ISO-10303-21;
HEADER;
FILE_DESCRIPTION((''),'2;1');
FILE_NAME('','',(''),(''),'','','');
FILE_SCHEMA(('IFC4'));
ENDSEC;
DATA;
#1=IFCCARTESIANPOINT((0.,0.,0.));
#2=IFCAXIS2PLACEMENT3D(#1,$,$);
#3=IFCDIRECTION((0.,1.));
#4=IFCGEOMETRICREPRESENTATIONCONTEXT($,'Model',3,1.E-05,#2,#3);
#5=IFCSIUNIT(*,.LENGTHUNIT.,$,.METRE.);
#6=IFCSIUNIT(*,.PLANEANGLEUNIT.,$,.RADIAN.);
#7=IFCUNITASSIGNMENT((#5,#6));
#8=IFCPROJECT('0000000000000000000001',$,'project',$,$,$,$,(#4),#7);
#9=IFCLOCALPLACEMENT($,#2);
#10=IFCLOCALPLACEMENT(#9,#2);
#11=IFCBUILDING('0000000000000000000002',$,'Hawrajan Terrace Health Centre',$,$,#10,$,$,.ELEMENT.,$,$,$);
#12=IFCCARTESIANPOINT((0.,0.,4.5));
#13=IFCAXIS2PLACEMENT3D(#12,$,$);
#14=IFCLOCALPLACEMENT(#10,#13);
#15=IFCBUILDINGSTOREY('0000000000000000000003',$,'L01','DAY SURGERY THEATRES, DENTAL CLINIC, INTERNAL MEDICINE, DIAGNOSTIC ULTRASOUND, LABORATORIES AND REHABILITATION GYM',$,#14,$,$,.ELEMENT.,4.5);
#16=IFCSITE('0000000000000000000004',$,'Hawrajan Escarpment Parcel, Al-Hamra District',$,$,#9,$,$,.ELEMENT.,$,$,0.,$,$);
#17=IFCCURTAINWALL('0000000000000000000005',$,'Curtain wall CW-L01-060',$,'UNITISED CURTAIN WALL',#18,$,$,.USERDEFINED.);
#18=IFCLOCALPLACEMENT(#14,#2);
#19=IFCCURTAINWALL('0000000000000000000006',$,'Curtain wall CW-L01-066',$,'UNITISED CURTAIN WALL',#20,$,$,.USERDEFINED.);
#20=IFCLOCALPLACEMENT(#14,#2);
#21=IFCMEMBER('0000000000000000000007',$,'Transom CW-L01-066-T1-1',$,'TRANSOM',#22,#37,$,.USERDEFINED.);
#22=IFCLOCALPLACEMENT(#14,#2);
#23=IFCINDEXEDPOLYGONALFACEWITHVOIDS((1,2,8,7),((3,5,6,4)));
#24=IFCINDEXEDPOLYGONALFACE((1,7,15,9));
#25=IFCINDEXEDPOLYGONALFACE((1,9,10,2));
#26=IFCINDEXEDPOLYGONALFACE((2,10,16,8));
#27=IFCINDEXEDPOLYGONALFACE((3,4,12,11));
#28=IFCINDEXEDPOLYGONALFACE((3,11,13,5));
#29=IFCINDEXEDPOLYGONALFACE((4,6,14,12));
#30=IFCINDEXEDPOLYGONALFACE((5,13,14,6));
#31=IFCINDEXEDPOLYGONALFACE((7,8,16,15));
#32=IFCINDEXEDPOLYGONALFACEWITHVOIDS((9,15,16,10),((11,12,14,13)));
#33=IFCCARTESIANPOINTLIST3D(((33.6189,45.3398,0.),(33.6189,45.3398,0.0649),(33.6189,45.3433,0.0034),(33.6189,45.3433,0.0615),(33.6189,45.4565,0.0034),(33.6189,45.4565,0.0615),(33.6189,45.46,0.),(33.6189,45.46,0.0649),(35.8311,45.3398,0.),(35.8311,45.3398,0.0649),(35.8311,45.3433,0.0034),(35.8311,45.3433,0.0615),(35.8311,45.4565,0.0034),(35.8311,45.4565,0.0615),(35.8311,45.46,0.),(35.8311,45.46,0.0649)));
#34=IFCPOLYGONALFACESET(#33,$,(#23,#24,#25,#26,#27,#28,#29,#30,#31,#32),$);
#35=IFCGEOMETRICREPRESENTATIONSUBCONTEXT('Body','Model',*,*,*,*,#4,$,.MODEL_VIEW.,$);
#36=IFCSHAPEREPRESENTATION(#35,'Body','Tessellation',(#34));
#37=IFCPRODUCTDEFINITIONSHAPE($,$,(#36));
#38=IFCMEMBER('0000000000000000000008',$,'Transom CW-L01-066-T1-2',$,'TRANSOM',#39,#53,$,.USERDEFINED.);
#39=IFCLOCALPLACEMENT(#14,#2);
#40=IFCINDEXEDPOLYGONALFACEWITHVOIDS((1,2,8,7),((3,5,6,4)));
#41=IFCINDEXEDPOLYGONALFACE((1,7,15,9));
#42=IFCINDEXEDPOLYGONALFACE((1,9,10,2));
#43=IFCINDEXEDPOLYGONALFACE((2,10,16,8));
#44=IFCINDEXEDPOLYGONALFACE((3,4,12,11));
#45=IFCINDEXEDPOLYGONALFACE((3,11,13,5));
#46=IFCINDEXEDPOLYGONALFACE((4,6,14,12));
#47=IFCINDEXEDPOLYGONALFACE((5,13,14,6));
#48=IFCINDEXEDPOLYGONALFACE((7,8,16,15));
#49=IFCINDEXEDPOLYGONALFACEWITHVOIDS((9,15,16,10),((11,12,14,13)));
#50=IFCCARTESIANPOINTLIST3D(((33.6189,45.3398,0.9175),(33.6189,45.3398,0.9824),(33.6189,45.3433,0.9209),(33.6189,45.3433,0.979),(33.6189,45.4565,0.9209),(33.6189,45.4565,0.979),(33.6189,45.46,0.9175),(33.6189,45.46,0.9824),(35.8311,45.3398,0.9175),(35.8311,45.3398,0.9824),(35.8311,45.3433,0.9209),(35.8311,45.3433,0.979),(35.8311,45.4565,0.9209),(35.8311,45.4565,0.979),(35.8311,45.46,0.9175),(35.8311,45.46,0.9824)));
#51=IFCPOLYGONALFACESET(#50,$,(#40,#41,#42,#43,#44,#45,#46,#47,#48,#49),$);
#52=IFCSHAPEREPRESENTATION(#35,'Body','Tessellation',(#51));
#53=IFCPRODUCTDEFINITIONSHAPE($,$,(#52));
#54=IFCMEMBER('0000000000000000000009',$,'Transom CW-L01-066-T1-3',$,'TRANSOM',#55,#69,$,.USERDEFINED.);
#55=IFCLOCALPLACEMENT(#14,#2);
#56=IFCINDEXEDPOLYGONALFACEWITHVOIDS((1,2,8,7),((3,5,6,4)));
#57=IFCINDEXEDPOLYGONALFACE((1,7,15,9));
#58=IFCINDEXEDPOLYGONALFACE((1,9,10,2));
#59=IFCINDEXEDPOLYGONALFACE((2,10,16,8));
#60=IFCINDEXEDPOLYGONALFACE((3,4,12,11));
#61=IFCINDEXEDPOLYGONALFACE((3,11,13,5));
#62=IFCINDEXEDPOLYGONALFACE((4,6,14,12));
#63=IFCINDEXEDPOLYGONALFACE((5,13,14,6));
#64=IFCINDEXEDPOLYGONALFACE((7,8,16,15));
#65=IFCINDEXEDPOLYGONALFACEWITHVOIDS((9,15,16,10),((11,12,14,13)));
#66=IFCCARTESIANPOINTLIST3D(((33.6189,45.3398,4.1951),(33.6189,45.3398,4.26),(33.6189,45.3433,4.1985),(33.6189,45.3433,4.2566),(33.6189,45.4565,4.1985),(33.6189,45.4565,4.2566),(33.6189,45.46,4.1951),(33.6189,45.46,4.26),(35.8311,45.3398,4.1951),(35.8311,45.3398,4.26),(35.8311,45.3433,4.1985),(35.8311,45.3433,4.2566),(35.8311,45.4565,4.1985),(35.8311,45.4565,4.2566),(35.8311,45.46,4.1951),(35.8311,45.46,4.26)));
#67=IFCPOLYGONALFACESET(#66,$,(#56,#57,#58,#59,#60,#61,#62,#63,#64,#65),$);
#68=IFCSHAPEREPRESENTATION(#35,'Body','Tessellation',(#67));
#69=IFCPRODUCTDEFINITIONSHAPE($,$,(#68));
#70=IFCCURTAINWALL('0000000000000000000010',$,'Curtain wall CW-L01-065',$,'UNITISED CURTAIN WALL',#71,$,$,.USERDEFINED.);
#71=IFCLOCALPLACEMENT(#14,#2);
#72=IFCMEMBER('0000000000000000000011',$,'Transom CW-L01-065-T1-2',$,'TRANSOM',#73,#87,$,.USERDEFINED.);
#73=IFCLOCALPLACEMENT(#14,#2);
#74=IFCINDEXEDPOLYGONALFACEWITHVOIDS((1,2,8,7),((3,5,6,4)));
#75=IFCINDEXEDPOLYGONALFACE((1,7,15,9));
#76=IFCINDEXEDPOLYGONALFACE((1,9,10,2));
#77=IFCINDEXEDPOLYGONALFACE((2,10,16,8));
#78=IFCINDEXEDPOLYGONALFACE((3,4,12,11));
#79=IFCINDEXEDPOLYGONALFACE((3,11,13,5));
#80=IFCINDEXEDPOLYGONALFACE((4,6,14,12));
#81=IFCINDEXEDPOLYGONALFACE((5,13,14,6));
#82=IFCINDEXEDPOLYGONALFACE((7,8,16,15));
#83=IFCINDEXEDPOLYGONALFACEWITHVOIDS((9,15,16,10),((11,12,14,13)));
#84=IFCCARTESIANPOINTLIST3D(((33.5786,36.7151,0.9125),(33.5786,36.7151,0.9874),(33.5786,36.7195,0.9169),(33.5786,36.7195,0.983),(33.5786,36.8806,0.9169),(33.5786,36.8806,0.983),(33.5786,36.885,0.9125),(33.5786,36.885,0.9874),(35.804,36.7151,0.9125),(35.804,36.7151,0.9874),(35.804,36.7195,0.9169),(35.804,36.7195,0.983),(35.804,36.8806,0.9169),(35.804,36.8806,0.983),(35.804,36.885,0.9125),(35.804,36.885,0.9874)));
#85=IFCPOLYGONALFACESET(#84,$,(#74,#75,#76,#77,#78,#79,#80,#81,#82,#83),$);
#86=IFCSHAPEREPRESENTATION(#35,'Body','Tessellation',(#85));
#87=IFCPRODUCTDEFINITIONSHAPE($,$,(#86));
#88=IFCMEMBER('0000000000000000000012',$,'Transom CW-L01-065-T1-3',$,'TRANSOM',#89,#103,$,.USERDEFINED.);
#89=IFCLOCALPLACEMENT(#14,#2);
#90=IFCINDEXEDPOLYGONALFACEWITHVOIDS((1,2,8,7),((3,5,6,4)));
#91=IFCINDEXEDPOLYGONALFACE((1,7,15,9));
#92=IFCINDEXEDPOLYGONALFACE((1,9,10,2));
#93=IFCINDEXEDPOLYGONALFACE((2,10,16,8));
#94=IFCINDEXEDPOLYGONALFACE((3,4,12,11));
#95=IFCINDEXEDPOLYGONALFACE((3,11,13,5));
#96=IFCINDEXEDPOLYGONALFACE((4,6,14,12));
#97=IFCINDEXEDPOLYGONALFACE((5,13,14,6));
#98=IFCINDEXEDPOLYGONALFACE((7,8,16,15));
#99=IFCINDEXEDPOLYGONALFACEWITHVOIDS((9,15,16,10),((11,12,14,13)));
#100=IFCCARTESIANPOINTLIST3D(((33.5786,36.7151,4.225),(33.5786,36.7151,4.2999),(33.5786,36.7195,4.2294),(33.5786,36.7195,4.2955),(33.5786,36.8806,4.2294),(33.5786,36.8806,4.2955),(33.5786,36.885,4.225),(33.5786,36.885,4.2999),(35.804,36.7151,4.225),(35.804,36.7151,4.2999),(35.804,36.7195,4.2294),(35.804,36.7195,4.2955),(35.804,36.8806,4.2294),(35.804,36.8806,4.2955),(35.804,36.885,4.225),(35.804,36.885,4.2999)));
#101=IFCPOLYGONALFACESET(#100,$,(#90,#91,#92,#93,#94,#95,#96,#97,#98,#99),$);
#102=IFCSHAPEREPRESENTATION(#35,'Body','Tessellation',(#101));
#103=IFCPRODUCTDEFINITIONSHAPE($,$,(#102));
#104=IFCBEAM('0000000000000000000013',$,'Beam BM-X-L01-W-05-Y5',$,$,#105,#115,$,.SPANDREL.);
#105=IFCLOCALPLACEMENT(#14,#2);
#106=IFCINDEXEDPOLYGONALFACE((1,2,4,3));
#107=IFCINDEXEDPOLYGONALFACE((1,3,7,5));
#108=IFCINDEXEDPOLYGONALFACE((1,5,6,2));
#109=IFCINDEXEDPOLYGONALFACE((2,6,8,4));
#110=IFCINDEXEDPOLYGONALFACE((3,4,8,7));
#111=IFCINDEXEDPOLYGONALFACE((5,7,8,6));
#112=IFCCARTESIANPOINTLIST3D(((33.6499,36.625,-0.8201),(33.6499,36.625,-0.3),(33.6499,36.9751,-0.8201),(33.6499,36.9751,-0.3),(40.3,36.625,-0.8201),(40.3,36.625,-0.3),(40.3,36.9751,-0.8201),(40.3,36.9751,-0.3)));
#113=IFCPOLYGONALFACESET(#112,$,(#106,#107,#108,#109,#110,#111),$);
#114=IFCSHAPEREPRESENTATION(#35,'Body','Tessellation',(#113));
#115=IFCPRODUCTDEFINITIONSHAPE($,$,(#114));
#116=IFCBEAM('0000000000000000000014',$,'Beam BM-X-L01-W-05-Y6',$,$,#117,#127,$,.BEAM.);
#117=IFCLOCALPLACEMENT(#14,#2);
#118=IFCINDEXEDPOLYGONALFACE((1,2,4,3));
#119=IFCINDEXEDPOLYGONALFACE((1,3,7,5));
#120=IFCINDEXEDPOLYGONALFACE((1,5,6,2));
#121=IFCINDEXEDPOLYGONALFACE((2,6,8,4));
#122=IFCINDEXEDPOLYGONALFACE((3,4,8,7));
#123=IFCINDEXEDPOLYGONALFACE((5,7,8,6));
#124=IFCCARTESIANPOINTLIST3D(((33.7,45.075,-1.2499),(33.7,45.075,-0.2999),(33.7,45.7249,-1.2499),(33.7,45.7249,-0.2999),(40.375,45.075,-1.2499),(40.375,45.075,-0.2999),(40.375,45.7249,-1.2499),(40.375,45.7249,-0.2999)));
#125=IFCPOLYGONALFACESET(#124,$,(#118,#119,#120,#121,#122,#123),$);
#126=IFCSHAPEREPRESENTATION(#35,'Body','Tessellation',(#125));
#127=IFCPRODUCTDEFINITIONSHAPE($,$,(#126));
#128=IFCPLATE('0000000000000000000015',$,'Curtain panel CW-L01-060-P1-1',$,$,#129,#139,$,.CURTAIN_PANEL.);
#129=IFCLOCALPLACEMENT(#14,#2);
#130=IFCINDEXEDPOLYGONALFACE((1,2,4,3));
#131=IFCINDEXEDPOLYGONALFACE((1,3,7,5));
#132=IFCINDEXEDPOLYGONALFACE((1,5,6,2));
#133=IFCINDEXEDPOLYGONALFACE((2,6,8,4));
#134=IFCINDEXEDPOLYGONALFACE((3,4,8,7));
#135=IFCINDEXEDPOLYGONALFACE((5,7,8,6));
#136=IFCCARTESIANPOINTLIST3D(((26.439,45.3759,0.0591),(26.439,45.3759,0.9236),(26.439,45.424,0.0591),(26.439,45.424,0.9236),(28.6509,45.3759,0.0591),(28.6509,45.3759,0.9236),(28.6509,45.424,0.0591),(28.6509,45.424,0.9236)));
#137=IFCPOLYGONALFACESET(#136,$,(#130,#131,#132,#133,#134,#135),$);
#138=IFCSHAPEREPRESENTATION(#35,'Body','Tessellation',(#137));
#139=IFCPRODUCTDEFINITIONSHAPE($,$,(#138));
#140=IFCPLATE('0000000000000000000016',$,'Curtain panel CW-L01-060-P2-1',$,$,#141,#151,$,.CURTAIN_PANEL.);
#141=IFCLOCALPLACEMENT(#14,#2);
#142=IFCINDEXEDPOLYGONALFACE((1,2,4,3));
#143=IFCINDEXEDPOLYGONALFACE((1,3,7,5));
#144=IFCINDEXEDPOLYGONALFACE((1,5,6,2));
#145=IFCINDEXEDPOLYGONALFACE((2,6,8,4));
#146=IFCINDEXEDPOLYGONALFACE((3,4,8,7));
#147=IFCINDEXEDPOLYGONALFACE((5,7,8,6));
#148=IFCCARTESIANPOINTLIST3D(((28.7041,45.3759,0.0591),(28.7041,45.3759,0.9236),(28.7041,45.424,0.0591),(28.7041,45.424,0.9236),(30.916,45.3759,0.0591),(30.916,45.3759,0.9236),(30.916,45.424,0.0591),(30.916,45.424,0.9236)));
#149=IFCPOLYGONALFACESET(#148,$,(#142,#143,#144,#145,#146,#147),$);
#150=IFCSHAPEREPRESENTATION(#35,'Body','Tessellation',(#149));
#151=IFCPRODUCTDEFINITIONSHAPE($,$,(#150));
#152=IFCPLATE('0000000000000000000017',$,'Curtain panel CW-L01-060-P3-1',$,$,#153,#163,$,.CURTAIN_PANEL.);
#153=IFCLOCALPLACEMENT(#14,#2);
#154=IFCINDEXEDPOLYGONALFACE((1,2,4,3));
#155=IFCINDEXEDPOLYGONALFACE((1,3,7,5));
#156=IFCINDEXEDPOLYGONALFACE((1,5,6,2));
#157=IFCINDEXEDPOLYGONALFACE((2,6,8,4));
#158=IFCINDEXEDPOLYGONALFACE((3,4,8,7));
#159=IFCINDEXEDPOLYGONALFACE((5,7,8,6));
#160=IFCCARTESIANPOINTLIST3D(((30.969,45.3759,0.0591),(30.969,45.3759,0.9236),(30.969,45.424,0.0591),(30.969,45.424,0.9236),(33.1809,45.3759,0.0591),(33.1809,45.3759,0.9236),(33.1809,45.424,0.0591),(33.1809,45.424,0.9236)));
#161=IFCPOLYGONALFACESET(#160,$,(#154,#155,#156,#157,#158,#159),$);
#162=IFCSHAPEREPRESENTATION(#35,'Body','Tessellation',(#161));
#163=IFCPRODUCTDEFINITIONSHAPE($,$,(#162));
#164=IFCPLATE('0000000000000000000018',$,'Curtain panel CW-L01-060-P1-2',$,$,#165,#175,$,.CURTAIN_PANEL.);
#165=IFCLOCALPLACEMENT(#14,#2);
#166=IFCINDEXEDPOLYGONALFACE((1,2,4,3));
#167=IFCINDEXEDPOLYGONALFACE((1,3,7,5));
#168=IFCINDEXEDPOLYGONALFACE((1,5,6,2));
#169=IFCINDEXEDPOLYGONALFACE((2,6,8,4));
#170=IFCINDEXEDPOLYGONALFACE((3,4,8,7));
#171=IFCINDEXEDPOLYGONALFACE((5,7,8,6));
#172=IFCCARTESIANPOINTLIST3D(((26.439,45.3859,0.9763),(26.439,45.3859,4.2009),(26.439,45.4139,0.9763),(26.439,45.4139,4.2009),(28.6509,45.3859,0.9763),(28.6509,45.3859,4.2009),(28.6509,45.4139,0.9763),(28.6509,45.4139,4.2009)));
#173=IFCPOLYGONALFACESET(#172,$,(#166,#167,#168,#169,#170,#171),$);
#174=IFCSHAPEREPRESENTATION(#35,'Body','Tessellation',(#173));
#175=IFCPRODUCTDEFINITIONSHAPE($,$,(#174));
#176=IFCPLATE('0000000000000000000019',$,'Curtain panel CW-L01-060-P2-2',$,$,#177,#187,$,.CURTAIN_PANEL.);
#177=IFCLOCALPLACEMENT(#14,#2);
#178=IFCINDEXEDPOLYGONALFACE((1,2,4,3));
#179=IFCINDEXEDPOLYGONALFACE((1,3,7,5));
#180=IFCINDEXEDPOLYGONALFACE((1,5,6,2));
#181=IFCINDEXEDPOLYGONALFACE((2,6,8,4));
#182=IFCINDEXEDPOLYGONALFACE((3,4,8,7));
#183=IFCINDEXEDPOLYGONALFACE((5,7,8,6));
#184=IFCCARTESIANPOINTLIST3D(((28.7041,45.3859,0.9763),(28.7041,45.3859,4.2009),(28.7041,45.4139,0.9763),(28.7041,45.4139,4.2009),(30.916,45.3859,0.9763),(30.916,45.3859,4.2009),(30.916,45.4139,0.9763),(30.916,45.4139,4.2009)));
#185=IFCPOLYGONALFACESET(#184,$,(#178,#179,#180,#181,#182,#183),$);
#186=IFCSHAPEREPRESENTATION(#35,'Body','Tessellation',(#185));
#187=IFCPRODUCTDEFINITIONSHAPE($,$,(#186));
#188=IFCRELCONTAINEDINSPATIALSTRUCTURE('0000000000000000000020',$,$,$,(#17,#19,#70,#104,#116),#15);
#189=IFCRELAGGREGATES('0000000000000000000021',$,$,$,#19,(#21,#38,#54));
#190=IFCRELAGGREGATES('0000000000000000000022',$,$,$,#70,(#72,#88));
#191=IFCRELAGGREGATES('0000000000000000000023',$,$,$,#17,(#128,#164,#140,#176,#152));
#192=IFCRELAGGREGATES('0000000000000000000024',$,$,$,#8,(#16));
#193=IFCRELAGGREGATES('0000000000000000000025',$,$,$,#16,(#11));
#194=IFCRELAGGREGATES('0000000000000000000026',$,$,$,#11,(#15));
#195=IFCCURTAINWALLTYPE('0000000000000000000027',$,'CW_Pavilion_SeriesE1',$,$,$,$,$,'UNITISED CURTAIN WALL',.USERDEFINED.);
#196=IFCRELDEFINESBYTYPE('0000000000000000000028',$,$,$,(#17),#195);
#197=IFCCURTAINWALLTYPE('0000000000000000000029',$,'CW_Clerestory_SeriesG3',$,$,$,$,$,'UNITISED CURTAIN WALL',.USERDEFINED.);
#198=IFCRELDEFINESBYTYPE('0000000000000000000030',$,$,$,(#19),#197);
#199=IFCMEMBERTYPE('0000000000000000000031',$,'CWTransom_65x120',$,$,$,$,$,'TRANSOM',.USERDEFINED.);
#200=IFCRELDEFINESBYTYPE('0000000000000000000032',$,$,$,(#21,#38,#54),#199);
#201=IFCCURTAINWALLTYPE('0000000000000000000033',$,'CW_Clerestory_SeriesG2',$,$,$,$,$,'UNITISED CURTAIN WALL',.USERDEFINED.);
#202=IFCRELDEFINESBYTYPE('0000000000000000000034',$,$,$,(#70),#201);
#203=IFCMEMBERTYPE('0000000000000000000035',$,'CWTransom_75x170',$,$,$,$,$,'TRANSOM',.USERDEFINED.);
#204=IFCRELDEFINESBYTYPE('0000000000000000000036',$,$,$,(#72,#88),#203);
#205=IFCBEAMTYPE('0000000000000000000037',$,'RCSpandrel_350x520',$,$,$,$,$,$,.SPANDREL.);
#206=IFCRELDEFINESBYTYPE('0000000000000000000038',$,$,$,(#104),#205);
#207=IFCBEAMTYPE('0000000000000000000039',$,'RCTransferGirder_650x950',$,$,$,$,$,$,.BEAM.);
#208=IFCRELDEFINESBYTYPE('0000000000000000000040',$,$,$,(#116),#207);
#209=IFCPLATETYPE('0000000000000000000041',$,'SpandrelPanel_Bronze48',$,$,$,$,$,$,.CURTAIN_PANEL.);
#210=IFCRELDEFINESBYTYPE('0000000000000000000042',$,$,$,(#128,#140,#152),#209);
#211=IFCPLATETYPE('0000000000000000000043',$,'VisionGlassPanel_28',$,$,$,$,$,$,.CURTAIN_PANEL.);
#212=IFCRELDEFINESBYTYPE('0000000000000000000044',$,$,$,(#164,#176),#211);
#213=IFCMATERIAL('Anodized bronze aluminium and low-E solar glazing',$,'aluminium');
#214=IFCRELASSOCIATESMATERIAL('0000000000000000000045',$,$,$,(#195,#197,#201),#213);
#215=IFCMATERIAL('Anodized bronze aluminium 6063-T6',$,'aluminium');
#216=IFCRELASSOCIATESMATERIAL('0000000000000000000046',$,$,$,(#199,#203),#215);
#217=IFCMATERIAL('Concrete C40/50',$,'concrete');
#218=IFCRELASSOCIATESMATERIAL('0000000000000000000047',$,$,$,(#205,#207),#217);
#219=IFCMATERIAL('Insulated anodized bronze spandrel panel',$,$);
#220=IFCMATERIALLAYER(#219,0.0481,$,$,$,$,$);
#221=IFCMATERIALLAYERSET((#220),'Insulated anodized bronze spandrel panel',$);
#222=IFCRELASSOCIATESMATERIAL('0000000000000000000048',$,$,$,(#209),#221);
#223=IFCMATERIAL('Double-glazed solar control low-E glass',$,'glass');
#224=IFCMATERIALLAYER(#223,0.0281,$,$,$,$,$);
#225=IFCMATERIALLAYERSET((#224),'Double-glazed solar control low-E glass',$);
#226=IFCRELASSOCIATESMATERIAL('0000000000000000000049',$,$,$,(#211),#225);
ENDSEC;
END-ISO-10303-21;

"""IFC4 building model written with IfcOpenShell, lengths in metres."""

from ifc_helpers import new_model, si_unit, direction, frame, origin, origin_2d, place, context, subcontext, project, spatial, rectangle, hollow_rectangle, extrude, material, layer, layer_set, material_profile, profile_set, type_object, element, aggregate, save


model = new_model("IFC4")

# Units and contexts
model_context = context("Model", 3, precision=1e-05, world=origin(), true_north=direction((0.0, 1.0)))
body_context = subcontext(model_context, "Body", "Model", "MODEL_VIEW")
ifc_project = project(units=[si_unit("LENGTHUNIT", "METRE"), si_unit("PLANEANGLEUNIT", "RADIAN")], contexts=[model_context])

# Site, building, storey
site_placement = place(None, origin())
site = spatial("IfcSite", under=ifc_project, at=site_placement, Name="Hawrajan Escarpment Parcel, Al-Hamra District", CompositionType="ELEMENT", RefElevation=0.0)
building_placement = place(site_placement, origin())
building = spatial("IfcBuilding", under=site, at=building_placement, Name="Hawrajan Terrace Health Centre", CompositionType="ELEMENT")
storey_placement = place(building_placement, frame((0.0, 0.0, 4.5)))
storey = spatial("IfcBuildingStorey", under=building, at=storey_placement, Name="L01", Description="DAY SURGERY THEATRES, DENTAL CLINIC, INTERNAL MEDICINE, DIAGNOSTIC ULTRASOUND, LABORATORIES AND REHABILITATION GYM", CompositionType="ELEMENT", Elevation=4.5)

# Curtain wall
ifc_material_1 = material(Name="Anodized bronze aluminium and low-E solar glazing", Category="aluminium")
curtain_wall_type_1 = type_object("IfcCurtainWallType", Name="CW_Pavilion_SeriesE1", ElementType="UNITISED CURTAIN WALL", PredefinedType="USERDEFINED", material=ifc_material_1)
curtain_wall_1_placement = place(storey_placement, origin())
curtain_wall_1 = element("IfcCurtainWall", 1, at=curtain_wall_1_placement, inside=storey, type_object=curtain_wall_type_1, Name="Curtain wall CW-L01-060", ObjectType="UNITISED CURTAIN WALL", PredefinedType="USERDEFINED")
ifc_material_2 = material(Name="Anodized bronze aluminium 6063-T6", Category="aluminium")

# Curtain wall
curtain_wall_type_2 = type_object("IfcCurtainWallType", Name="CW_Clerestory_SeriesG3", ElementType="UNITISED CURTAIN WALL", PredefinedType="USERDEFINED", material=ifc_material_1)
curtain_wall_2_placement = place(storey_placement, origin())
curtain_wall_2 = element("IfcCurtainWall", 2, at=curtain_wall_2_placement, inside=storey, type_object=curtain_wall_type_2, Name="Curtain wall CW-L01-066", ObjectType="UNITISED CURTAIN WALL", PredefinedType="USERDEFINED")

# Members
ifc_material_profile_1 = material_profile(ifc_material_2, hollow_rectangle(XDim=0.0649, YDim=0.1201, WallThickness=0.0034, at=origin_2d()), Name="CW TRN 65x120")
ifc_profile_set_1 = profile_set([ifc_material_profile_1], Name="Anodized bronze aluminium 6063-T6")
member_type_1 = type_object("IfcMemberType", Name="CWTransom_65x120", ElementType="TRANSOM", PredefinedType="USERDEFINED", material=ifc_profile_set_1)
member_1_placement = place(storey_placement, frame((33.6189, 45.3999, 0.0325), z_axis=(1.0, 0.0, 0.0), x_axis=(0.0, 0.0, 1.0)))
member_1 = element("IfcMember", 3, at=member_1_placement, type_object=member_type_1, Name="Transom CW-L01-066-T1-1", ObjectType="TRANSOM", PredefinedType="USERDEFINED", context=body_context, shape_type="SweptSolid", body=[
    extrude(hollow_rectangle(XDim=0.0649, YDim=0.1201, WallThickness=0.0034, at=origin_2d()), origin(), (0.0, 0.0, 1.0), 2.2122),
])
member_2_placement = place(storey_placement, frame((33.6189, 45.3999, 0.95), z_axis=(1.0, 0.0, 0.0), x_axis=(0.0, 0.0, 1.0)))
member_2 = element("IfcMember", 4, at=member_2_placement, type_object=member_type_1, Name="Transom CW-L01-066-T1-2", ObjectType="TRANSOM", PredefinedType="USERDEFINED", context=body_context, shape_type="SweptSolid", body=[
    extrude(hollow_rectangle(XDim=0.0649, YDim=0.1201, WallThickness=0.0034, at=origin_2d()), origin(), (0.0, 0.0, 1.0), 2.2122),
])
member_3_placement = place(storey_placement, frame((33.6189, 45.3999, 4.2275), z_axis=(1.0, 0.0, 0.0), x_axis=(0.0, 0.0, 1.0)))
member_3 = element("IfcMember", 5, at=member_3_placement, type_object=member_type_1, Name="Transom CW-L01-066-T1-3", ObjectType="TRANSOM", PredefinedType="USERDEFINED", context=body_context, shape_type="SweptSolid", body=[
    extrude(hollow_rectangle(XDim=0.0649, YDim=0.1201, WallThickness=0.0034, at=origin_2d()), origin(), (0.0, 0.0, 1.0), 2.2122),
])
aggregate(curtain_wall_2, [member_1, member_2, member_3])

# Curtain wall, members
curtain_wall_type_3 = type_object("IfcCurtainWallType", Name="CW_Clerestory_SeriesG2", ElementType="UNITISED CURTAIN WALL", PredefinedType="USERDEFINED", material=ifc_material_1)
curtain_wall_3_placement = place(storey_placement, origin())
curtain_wall_3 = element("IfcCurtainWall", 6, at=curtain_wall_3_placement, inside=storey, type_object=curtain_wall_type_3, Name="Curtain wall CW-L01-065", ObjectType="UNITISED CURTAIN WALL", PredefinedType="USERDEFINED")
ifc_material_profile_2 = material_profile(ifc_material_2, hollow_rectangle(XDim=0.075, YDim=0.1699, WallThickness=0.0044, at=origin_2d()), Name="CW TRN 75x170")
ifc_profile_set_2 = profile_set([ifc_material_profile_2], Name="Anodized bronze aluminium 6063-T6")
member_type_2 = type_object("IfcMemberType", Name="CWTransom_75x170", ElementType="TRANSOM", PredefinedType="USERDEFINED", material=ifc_profile_set_2)
member_4_placement = place(storey_placement, frame((33.5786, 36.8, 0.95), z_axis=(1.0, 0.0, 0.0), x_axis=(0.0, 0.0, 1.0)))
member_4 = element("IfcMember", 7, at=member_4_placement, type_object=member_type_2, Name="Transom CW-L01-065-T1-2", ObjectType="TRANSOM", PredefinedType="USERDEFINED", context=body_context, shape_type="SweptSolid", body=[
    extrude(hollow_rectangle(XDim=0.075, YDim=0.1699, WallThickness=0.0044, at=origin_2d()), origin(), (0.0, 0.0, 1.0), 2.2253),
])
member_5_placement = place(storey_placement, frame((33.5786, 36.8, 4.2625), z_axis=(1.0, 0.0, 0.0), x_axis=(0.0, 0.0, 1.0)))
member_5 = element("IfcMember", 8, at=member_5_placement, type_object=member_type_2, Name="Transom CW-L01-065-T1-3", ObjectType="TRANSOM", PredefinedType="USERDEFINED", context=body_context, shape_type="SweptSolid", body=[
    extrude(hollow_rectangle(XDim=0.075, YDim=0.1699, WallThickness=0.0044, at=origin_2d()), origin(), (0.0, 0.0, 1.0), 2.2253),
])
aggregate(curtain_wall_3, [member_4, member_5])

# Beams
ifc_material_3 = material(Name="Concrete C40/50", Category="concrete")
ifc_material_profile_3 = material_profile(ifc_material_3, rectangle(XDim=0.3501, YDim=0.52, at=origin_2d()), Name="RC SP 350x520")
ifc_profile_set_3 = profile_set([ifc_material_profile_3], Name="Concrete C40/50")
beam_type_1 = type_object("IfcBeamType", Name="RCSpandrel_350x520", PredefinedType="SPANDREL", material=ifc_profile_set_3)
beam_1_placement = place(storey_placement, frame((33.6499, 36.8, -0.5601), z_axis=(1.0, 0.0, 0.0), x_axis=(0.0, 1.0, 0.0)))
element("IfcBeam", 9, at=beam_1_placement, inside=storey, type_object=beam_type_1, Name="Beam BM-X-L01-W-05-Y5", PredefinedType="SPANDREL", context=body_context, shape_type="SweptSolid", body=[
    extrude(rectangle(XDim=0.3501, YDim=0.52, at=origin_2d()), origin(), (0.0, 0.0, 1.0), 6.6501),
])
ifc_material_profile_4 = material_profile(ifc_material_3, rectangle(XDim=0.6499, YDim=0.95, at=origin_2d()), Name="RC TG 650x950")
ifc_profile_set_4 = profile_set([ifc_material_profile_4], Name="Concrete C40/50")
beam_type_2 = type_object("IfcBeamType", Name="RCTransferGirder_650x950", PredefinedType="BEAM", material=ifc_profile_set_4)
beam_2_placement = place(storey_placement, frame((33.7, 45.3999, -0.7749), z_axis=(1.0, 0.0, 0.0), x_axis=(0.0, 1.0, 0.0)))
element("IfcBeam", 10, at=beam_2_placement, inside=storey, type_object=beam_type_2, Name="Beam BM-X-L01-W-05-Y6", PredefinedType="BEAM", context=body_context, shape_type="SweptSolid", body=[
    extrude(rectangle(XDim=0.6499, YDim=0.95, at=origin_2d()), origin(), (0.0, 0.0, 1.0), 6.675),
])

# Plates
ifc_material_4 = material(Name="Insulated anodized bronze spandrel panel")
ifc_layer_1 = layer(ifc_material_4, 0.0481)
ifc_layer_set_1 = layer_set([ifc_layer_1], Name="Insulated anodized bronze spandrel panel")
plate_type_1 = type_object("IfcPlateType", Name="SpandrelPanel_Bronze48", PredefinedType="CURTAIN_PANEL", material=ifc_layer_set_1)
plate_1_placement = place(storey_placement, frame((27.5449, 45.3999, 0.0591), z_axis=(0.0, 0.0, 1.0), x_axis=(1.0, 0.0, 0.0)))
plate_1 = element("IfcPlate", 11, at=plate_1_placement, type_object=plate_type_1, Name="Curtain panel CW-L01-060-P1-1", PredefinedType="CURTAIN_PANEL", context=body_context, shape_type="SweptSolid", body=[
    extrude(rectangle(XDim=2.2119, YDim=0.0481, at=origin_2d()), origin(), (0.0, 0.0, 1.0), 0.8645),
])
plate_2_placement = place(storey_placement, frame((29.8101, 45.3999, 0.0591), z_axis=(0.0, 0.0, 1.0), x_axis=(1.0, 0.0, 0.0)))
plate_2 = element("IfcPlate", 12, at=plate_2_placement, type_object=plate_type_1, Name="Curtain panel CW-L01-060-P2-1", PredefinedType="CURTAIN_PANEL", context=body_context, shape_type="SweptSolid", body=[
    extrude(rectangle(XDim=2.2119, YDim=0.0481, at=origin_2d()), origin(), (0.0, 0.0, 1.0), 0.8645),
])
plate_3_placement = place(storey_placement, frame((32.075, 45.3999, 0.0591), z_axis=(0.0, 0.0, 1.0), x_axis=(1.0, 0.0, 0.0)))
plate_3 = element("IfcPlate", 13, at=plate_3_placement, type_object=plate_type_1, Name="Curtain panel CW-L01-060-P3-1", PredefinedType="CURTAIN_PANEL", context=body_context, shape_type="SweptSolid", body=[
    extrude(rectangle(XDim=2.2119, YDim=0.0481, at=origin_2d()), origin(), (0.0, 0.0, 1.0), 0.8645),
])
ifc_material_5 = material(Name="Double-glazed solar control low-E glass", Category="glass")
ifc_layer_2 = layer(ifc_material_5, 0.0281)
ifc_layer_set_2 = layer_set([ifc_layer_2], Name="Double-glazed solar control low-E glass")
plate_type_2 = type_object("IfcPlateType", Name="VisionGlassPanel_28", PredefinedType="CURTAIN_PANEL", material=ifc_layer_set_2)
plate_4_placement = place(storey_placement, frame((27.5449, 45.3999, 0.9763), z_axis=(0.0, 0.0, 1.0), x_axis=(1.0, 0.0, 0.0)))
plate_4 = element("IfcPlate", 14, at=plate_4_placement, type_object=plate_type_2, Name="Curtain panel CW-L01-060-P1-2", PredefinedType="CURTAIN_PANEL", context=body_context, shape_type="SweptSolid", body=[
    extrude(rectangle(XDim=2.2119, YDim=0.0281, at=origin_2d()), origin(), (0.0, 0.0, 1.0), 3.2246),
])
plate_5_placement = place(storey_placement, frame((29.8101, 45.3999, 0.9763), z_axis=(0.0, 0.0, 1.0), x_axis=(1.0, 0.0, 0.0)))
plate_5 = element("IfcPlate", 15, at=plate_5_placement, type_object=plate_type_2, Name="Curtain panel CW-L01-060-P2-2", PredefinedType="CURTAIN_PANEL", context=body_context, shape_type="SweptSolid", body=[
    extrude(rectangle(XDim=2.2119, YDim=0.0281, at=origin_2d()), origin(), (0.0, 0.0, 1.0), 3.2246),
])
aggregate(curtain_wall_1, [plate_1, plate_4, plate_2, plate_5, plate_3])

save(model, "model.ifc")
